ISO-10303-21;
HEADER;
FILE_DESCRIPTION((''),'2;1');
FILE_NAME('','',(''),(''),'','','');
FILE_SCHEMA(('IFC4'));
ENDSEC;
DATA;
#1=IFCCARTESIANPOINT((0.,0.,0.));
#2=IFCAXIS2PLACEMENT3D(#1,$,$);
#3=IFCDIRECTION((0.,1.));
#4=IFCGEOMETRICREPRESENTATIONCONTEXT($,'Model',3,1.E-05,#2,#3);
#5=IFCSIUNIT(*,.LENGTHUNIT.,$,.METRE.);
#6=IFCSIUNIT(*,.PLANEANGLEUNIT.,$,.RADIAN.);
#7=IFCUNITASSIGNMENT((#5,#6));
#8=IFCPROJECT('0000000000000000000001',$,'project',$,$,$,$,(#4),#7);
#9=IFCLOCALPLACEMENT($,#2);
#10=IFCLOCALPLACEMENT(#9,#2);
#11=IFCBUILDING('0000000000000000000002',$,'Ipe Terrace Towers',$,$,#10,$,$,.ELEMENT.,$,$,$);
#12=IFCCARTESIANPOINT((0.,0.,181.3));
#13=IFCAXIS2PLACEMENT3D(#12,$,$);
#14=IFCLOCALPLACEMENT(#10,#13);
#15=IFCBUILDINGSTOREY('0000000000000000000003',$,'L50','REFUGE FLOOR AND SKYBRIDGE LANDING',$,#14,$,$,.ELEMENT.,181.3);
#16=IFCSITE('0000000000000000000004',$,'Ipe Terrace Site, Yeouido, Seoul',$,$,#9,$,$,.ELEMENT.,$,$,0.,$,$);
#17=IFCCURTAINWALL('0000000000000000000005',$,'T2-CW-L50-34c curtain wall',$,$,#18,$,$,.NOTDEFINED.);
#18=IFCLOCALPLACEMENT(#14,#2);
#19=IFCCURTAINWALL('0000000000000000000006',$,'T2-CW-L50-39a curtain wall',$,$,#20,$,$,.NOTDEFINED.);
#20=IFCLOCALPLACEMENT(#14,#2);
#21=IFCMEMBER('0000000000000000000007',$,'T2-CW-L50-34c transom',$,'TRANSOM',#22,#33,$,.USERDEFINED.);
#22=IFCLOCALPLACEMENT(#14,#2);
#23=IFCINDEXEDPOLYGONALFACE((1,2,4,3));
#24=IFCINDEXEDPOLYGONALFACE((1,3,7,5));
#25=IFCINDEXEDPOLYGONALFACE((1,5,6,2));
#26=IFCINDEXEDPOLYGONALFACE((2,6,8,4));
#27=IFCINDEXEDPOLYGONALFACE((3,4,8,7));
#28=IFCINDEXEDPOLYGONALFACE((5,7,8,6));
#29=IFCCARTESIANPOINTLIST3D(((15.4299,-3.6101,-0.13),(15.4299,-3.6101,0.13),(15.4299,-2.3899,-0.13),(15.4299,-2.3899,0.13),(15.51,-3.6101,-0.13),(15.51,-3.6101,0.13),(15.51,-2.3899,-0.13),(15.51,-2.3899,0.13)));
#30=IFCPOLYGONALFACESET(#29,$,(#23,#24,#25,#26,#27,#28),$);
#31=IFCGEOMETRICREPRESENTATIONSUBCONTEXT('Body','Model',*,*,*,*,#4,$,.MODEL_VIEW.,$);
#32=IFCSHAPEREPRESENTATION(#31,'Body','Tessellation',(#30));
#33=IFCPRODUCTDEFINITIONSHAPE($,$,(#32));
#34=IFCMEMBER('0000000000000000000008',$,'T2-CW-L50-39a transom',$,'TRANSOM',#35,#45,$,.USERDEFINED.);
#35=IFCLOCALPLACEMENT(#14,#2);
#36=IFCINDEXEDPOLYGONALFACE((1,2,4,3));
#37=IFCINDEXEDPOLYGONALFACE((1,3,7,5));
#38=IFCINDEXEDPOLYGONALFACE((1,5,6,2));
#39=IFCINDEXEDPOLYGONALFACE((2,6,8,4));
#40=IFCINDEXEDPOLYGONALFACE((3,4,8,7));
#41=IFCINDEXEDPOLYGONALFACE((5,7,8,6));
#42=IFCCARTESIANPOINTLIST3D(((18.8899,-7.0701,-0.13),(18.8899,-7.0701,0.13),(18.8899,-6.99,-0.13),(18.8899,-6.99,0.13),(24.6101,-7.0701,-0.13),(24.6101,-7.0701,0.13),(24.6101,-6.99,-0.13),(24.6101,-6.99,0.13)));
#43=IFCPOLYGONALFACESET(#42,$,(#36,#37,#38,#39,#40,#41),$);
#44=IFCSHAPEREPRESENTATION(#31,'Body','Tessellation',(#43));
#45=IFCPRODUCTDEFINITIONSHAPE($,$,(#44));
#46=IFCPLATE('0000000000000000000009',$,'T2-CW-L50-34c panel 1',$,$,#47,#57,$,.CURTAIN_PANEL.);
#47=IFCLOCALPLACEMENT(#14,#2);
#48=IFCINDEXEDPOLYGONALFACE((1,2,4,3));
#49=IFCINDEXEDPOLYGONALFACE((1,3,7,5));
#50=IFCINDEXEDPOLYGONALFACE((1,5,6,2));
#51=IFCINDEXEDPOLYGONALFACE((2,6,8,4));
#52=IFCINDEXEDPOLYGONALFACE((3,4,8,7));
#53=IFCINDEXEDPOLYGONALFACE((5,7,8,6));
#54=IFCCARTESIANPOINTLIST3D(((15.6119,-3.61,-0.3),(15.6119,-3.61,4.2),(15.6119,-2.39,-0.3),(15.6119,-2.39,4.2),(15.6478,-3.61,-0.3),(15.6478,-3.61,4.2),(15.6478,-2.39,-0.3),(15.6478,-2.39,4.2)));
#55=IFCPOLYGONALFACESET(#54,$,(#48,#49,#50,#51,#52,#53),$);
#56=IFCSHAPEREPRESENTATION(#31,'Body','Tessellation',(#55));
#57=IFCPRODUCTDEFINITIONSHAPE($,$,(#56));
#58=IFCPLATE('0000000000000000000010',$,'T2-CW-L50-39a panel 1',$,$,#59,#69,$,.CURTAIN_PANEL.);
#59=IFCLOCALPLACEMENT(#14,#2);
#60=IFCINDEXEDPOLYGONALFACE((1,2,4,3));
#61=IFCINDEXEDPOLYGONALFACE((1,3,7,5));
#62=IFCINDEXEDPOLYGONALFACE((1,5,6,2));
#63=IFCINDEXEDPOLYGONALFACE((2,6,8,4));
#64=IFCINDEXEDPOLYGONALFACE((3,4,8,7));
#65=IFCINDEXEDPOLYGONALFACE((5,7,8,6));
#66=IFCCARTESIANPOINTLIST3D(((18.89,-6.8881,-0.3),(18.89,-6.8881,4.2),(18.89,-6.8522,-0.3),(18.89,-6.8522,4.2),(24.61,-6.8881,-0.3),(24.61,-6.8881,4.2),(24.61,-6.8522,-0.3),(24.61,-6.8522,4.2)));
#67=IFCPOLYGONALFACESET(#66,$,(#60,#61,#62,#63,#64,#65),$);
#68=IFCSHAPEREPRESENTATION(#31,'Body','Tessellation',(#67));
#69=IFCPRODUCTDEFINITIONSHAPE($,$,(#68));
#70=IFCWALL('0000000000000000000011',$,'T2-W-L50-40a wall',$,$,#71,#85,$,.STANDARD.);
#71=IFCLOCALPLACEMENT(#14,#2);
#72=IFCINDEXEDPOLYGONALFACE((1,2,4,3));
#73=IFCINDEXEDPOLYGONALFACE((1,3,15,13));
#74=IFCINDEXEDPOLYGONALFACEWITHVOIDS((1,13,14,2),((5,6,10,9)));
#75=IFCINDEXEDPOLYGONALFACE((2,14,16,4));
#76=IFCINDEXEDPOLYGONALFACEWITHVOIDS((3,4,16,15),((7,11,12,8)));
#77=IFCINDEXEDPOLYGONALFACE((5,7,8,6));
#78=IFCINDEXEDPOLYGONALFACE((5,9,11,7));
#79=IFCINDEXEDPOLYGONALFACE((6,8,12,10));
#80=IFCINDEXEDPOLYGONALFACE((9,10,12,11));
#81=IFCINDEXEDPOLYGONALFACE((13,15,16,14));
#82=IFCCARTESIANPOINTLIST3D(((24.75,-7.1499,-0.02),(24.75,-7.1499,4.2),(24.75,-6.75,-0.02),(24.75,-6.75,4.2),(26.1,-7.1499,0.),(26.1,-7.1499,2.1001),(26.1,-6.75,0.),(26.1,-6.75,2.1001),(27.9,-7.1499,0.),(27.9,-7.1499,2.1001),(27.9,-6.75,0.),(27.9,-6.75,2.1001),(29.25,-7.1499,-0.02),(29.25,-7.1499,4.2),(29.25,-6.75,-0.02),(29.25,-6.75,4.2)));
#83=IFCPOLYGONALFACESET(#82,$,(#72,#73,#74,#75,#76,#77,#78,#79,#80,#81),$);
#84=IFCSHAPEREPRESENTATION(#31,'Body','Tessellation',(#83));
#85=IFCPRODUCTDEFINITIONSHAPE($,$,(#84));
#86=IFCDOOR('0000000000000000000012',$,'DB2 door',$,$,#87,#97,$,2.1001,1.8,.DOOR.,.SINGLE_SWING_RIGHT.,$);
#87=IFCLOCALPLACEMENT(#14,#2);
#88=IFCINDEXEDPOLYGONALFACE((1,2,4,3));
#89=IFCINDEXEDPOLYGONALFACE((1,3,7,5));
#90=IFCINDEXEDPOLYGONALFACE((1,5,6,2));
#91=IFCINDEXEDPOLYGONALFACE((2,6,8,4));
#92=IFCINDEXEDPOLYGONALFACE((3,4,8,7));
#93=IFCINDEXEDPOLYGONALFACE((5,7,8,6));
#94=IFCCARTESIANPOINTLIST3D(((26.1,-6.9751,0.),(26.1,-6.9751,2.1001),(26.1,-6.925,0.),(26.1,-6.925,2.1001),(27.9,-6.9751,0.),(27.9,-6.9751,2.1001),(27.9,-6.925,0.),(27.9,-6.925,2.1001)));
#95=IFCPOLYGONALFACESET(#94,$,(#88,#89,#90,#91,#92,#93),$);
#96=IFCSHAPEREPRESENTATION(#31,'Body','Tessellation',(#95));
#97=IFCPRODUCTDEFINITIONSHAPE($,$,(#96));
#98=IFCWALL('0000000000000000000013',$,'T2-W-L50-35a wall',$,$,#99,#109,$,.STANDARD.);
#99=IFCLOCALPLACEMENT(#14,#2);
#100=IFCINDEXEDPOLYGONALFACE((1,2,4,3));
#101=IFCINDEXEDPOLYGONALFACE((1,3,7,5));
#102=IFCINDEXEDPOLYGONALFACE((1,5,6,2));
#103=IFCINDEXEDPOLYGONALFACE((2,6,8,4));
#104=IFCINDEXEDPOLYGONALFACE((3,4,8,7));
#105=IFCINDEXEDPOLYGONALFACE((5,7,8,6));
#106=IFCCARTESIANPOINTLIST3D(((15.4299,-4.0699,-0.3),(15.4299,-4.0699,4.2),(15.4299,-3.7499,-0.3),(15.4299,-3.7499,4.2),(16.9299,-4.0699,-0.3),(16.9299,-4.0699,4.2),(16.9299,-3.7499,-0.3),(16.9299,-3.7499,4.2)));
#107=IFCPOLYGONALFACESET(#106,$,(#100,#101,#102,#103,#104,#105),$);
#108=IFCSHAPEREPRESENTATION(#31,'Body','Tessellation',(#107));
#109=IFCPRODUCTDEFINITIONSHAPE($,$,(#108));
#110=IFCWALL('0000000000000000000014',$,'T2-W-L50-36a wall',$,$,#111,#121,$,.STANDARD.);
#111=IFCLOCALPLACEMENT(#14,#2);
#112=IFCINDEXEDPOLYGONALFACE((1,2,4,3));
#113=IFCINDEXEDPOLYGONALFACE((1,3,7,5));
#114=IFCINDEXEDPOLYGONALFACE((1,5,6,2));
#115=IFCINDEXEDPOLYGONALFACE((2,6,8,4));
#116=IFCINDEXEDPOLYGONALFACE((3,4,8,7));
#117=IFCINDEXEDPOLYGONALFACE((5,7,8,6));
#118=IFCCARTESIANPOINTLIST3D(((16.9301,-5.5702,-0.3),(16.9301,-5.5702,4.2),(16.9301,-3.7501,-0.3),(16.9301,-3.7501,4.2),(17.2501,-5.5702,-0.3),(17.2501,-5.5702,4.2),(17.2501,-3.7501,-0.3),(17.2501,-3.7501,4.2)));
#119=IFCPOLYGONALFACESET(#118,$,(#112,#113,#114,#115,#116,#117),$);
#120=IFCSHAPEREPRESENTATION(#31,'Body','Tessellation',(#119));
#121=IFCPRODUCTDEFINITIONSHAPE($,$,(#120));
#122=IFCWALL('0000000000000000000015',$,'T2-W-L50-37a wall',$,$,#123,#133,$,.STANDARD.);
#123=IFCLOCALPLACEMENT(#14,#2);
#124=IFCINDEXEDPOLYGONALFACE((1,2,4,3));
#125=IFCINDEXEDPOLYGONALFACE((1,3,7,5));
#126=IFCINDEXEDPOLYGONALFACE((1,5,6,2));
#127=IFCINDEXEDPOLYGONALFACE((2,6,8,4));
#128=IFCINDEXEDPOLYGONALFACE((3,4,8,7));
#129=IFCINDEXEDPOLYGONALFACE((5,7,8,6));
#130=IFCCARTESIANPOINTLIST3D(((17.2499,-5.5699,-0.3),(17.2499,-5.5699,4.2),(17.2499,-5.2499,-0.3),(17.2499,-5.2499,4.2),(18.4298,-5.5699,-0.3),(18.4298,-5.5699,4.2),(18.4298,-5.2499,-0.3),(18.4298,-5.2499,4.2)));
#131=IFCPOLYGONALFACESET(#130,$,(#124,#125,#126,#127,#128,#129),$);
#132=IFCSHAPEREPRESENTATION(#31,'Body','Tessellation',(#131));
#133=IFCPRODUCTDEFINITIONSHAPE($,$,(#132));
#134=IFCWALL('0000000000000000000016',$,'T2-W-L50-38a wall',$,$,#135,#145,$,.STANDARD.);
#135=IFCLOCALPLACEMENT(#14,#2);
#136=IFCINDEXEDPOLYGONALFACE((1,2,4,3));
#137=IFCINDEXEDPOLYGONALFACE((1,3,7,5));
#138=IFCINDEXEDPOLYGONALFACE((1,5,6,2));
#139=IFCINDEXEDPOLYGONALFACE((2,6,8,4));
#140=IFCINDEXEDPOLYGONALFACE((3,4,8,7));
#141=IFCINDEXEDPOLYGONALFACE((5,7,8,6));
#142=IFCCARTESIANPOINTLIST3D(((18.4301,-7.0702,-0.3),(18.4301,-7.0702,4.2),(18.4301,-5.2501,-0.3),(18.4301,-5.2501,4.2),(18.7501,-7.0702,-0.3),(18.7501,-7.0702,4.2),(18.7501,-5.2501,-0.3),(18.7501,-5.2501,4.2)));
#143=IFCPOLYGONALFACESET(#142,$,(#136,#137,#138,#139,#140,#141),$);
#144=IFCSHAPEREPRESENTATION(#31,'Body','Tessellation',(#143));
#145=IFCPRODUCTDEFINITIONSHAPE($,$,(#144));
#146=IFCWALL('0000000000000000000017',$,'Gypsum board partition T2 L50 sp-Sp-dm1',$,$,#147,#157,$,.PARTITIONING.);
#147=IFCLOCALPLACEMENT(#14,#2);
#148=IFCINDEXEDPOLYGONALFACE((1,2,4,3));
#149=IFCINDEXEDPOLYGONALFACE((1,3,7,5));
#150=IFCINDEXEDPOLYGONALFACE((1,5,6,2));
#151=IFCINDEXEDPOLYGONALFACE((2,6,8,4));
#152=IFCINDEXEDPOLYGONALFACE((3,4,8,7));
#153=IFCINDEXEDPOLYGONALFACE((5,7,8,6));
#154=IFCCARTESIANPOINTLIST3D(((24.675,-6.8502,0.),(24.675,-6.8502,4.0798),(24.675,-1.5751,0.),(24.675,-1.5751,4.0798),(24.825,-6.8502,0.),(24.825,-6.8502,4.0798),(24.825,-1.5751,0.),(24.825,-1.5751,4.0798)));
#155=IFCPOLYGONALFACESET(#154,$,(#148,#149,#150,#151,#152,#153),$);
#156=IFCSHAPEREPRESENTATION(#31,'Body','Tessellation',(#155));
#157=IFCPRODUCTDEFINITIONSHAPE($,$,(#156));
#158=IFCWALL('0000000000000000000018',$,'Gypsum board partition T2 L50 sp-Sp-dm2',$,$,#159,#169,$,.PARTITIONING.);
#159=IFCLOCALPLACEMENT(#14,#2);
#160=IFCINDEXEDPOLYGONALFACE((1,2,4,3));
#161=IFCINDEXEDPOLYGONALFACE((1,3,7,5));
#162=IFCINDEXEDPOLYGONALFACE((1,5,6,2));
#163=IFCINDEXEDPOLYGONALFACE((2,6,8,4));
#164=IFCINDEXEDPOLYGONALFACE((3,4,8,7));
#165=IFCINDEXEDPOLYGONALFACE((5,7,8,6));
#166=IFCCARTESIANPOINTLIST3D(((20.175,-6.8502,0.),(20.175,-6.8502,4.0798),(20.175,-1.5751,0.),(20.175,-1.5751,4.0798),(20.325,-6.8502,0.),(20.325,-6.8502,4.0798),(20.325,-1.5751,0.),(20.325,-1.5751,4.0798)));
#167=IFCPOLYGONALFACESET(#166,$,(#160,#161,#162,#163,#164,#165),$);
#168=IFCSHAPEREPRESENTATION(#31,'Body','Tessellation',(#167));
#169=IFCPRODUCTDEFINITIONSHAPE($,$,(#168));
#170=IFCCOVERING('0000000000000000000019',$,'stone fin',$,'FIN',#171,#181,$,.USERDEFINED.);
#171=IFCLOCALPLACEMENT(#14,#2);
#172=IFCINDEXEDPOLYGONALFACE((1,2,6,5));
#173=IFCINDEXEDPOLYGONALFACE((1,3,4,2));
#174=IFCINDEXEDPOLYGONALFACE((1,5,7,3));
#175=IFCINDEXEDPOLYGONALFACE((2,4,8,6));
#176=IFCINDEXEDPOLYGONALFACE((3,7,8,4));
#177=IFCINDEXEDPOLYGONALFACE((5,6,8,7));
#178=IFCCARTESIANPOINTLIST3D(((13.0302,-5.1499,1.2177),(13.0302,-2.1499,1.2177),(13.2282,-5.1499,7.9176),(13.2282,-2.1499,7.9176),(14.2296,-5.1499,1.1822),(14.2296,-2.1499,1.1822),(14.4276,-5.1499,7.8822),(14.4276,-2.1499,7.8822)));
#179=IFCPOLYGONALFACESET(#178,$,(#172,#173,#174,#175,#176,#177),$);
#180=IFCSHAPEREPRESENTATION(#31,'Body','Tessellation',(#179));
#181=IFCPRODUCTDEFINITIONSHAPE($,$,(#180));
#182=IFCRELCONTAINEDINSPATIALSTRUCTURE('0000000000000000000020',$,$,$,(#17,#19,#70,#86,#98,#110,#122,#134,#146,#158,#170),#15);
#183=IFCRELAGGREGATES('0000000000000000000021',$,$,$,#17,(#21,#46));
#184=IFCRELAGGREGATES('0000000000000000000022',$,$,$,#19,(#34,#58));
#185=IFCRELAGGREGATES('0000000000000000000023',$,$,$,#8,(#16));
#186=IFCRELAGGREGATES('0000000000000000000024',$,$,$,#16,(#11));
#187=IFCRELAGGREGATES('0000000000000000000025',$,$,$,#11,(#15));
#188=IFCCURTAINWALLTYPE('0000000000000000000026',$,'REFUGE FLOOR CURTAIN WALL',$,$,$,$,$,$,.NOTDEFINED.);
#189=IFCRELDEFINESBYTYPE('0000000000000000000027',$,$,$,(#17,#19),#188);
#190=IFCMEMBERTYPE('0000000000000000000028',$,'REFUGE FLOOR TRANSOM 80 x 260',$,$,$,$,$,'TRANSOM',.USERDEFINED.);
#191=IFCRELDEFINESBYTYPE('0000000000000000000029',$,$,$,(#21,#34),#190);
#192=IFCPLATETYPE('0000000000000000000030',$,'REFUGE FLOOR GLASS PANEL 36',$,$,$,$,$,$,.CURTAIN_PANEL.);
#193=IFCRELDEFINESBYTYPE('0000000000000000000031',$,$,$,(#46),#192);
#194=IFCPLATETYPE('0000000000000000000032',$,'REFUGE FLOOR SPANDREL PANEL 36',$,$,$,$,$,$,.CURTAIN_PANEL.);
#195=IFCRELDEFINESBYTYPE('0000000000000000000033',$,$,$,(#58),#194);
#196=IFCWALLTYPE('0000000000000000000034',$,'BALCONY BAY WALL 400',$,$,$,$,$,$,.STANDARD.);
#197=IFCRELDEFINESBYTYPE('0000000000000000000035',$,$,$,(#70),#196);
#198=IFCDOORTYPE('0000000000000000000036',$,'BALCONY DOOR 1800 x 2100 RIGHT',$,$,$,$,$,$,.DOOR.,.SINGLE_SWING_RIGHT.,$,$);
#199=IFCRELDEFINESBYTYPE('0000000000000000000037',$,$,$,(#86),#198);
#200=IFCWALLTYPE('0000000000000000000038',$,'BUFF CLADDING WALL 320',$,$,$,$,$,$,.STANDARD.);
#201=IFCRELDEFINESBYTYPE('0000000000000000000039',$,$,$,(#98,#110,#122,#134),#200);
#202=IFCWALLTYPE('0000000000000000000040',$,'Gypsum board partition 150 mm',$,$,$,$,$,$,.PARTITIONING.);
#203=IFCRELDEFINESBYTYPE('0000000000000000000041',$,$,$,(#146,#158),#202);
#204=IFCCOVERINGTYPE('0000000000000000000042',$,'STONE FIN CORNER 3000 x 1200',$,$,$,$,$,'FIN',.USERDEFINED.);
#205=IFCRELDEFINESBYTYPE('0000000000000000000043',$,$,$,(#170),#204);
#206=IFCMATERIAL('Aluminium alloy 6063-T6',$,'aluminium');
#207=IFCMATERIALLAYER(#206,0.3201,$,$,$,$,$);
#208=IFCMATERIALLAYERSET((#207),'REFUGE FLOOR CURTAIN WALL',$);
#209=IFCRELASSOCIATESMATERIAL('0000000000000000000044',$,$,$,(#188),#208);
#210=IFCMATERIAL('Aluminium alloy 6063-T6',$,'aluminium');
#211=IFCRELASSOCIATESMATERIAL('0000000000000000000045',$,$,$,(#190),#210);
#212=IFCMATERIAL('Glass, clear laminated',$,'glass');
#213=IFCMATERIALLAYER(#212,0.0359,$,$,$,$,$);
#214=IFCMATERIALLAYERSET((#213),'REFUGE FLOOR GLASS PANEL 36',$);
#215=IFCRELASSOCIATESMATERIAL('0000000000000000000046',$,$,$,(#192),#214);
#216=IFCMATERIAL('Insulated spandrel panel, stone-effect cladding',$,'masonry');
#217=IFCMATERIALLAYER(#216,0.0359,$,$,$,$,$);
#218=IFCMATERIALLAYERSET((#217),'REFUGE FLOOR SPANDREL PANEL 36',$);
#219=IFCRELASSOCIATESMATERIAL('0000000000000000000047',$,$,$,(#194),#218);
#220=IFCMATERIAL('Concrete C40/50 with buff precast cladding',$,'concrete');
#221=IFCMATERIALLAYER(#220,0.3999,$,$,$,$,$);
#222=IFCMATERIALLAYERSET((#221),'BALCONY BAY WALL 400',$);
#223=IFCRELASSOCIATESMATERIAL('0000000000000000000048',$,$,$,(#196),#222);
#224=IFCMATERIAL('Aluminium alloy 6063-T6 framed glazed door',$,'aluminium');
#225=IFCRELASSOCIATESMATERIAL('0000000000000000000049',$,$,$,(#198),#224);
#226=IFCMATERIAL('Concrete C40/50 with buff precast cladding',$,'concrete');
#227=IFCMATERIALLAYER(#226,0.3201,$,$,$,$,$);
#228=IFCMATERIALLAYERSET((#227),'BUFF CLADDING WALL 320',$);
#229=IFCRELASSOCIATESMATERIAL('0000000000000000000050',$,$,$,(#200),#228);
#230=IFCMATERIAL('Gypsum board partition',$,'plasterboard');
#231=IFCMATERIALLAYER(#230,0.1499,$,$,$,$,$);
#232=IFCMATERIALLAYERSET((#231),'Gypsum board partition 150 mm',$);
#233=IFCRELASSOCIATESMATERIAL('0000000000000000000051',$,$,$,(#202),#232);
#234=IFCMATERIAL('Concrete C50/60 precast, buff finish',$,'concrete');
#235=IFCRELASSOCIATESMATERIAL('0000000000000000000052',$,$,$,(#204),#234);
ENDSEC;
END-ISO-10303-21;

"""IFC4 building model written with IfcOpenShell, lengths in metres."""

from ifc_helpers import new_model, si_unit, direction, frame, frame_2d, origin, origin_2d, place, context, subcontext, project, spatial, rectangle, extrude, material, layer, layer_set, material_profile, profile_set, type_object, element, fill, aggregate, save


model = new_model("IFC4")

# Units and contexts
model_context = context("Model", 3, precision=1e-05, world=origin(), true_north=direction((0.0, 1.0)))
body_context = subcontext(model_context, "Body", "Model", "MODEL_VIEW")
ifc_project = project(units=[si_unit("LENGTHUNIT", "METRE"), si_unit("PLANEANGLEUNIT", "RADIAN")], contexts=[model_context])

# Site, building, storey
site_placement = place(None, origin())
site = spatial("IfcSite", under=ifc_project, at=site_placement, Name="Ipe Terrace Site, Yeouido, Seoul", CompositionType="ELEMENT", RefElevation=0.0)
building_placement = place(site_placement, origin())
building = spatial("IfcBuilding", under=site, at=building_placement, Name="Ipe Terrace Towers", CompositionType="ELEMENT")
storey_placement = place(building_placement, frame((0.0, 0.0, 181.3)))
storey = spatial("IfcBuildingStorey", under=building, at=storey_placement, Name="L50", Description="REFUGE FLOOR AND SKYBRIDGE LANDING", CompositionType="ELEMENT", Elevation=181.3)

# Curtain walls
ifc_material_1 = material(Name="Aluminium alloy 6063-T6", Category="aluminium")
ifc_layer_1 = layer(ifc_material_1, 0.3201)
ifc_layer_set_1 = layer_set([ifc_layer_1], Name="REFUGE FLOOR CURTAIN WALL")
curtain_wall_type_1 = type_object("IfcCurtainWallType", Name="REFUGE FLOOR CURTAIN WALL", PredefinedType="NOTDEFINED", material=ifc_layer_set_1)
curtain_wall_1_placement = place(storey_placement, origin())
curtain_wall_1 = element("IfcCurtainWall", 1, at=curtain_wall_1_placement, inside=storey, type_object=curtain_wall_type_1, Name="T2-CW-L50-34c curtain wall", PredefinedType="NOTDEFINED")
curtain_wall_2_placement = place(storey_placement, origin())
curtain_wall_2 = element("IfcCurtainWall", 2, at=curtain_wall_2_placement, inside=storey, type_object=curtain_wall_type_1, Name="T2-CW-L50-39a curtain wall", PredefinedType="NOTDEFINED")

# Members
ifc_material_2 = material(Name="Aluminium alloy 6063-T6", Category="aluminium")
ifc_material_profile_1 = material_profile(ifc_material_2, rectangle(XDim=0.0801, YDim=0.26, at=origin_2d()), Name="REFUGE FLOOR TRANSOM 80 x 260")
ifc_profile_set_1 = profile_set([ifc_material_profile_1], Name="Aluminium alloy 6063-T6")
member_type_1 = type_object("IfcMemberType", Name="REFUGE FLOOR TRANSOM 80 x 260", ElementType="TRANSOM", PredefinedType="USERDEFINED", material=ifc_profile_set_1)
member_1_placement = place(storey_placement, frame((15.47, -2.3899, 0.0), z_axis=(0.0, -1.0, 0.0), x_axis=(-1.0, 0.0, 0.0)))
member_1 = element("IfcMember", 3, at=member_1_placement, type_object=member_type_1, Name="T2-CW-L50-34c transom", ObjectType="TRANSOM", PredefinedType="USERDEFINED", context=body_context, shape_type="SweptSolid", body=[
    extrude(rectangle(XDim=0.0801, YDim=0.26, at=origin_2d()), origin(), (0.0, 0.0, 1.0), 1.2202),
])
member_2_placement = place(storey_placement, frame((18.8899, -7.03, 0.0), z_axis=(1.0, 0.0, 0.0), x_axis=(0.0, -1.0, 0.0)))
member_2 = element("IfcMember", 4, at=member_2_placement, type_object=member_type_1, Name="T2-CW-L50-39a transom", ObjectType="TRANSOM", PredefinedType="USERDEFINED", context=body_context, shape_type="SweptSolid", body=[
    extrude(rectangle(XDim=0.0801, YDim=0.26, at=origin_2d()), origin(), (0.0, 0.0, 1.0), 5.7202),
])

# Plates
ifc_material_3 = material(Name="Glass, clear laminated", Category="glass")
ifc_layer_2 = layer(ifc_material_3, 0.0359)
ifc_layer_set_2 = layer_set([ifc_layer_2], Name="REFUGE FLOOR GLASS PANEL 36")
plate_type_1 = type_object("IfcPlateType", Name="REFUGE FLOOR GLASS PANEL 36", PredefinedType="CURTAIN_PANEL", material=ifc_layer_set_2)
plate_1_placement = place(storey_placement, frame((15.6299, -3.0, -0.3), z_axis=(0.0, 0.0, 1.0), x_axis=(0.0, -1.0, 0.0)))
plate_1 = element("IfcPlate", 5, at=plate_1_placement, type_object=plate_type_1, Name="T2-CW-L50-34c panel 1", PredefinedType="CURTAIN_PANEL", context=body_context, shape_type="SweptSolid", body=[
    extrude(rectangle(XDim=1.22, YDim=0.0359, at=origin_2d()), origin(), (0.0, 0.0, 1.0), 4.5),
])
aggregate(curtain_wall_1, [member_1, plate_1])
ifc_material_4 = material(Name="Insulated spandrel panel, stone-effect cladding", Category="masonry")
ifc_layer_3 = layer(ifc_material_4, 0.0359)
ifc_layer_set_3 = layer_set([ifc_layer_3], Name="REFUGE FLOOR SPANDREL PANEL 36")
plate_type_2 = type_object("IfcPlateType", Name="REFUGE FLOOR SPANDREL PANEL 36", PredefinedType="CURTAIN_PANEL", material=ifc_layer_set_3)
plate_2_placement = place(storey_placement, frame((21.75, -6.8701, -0.3), z_axis=(0.0, 0.0, 1.0), x_axis=(1.0, 0.0, 0.0)))
plate_2 = element("IfcPlate", 6, at=plate_2_placement, type_object=plate_type_2, Name="T2-CW-L50-39a panel 1", PredefinedType="CURTAIN_PANEL", context=body_context, shape_type="SweptSolid", body=[
    extrude(rectangle(XDim=5.72, YDim=0.0359, at=origin_2d()), origin(), (0.0, 0.0, 1.0), 4.5),
])
aggregate(curtain_wall_2, [member_2, plate_2])

# Wall, opening, door
ifc_material_5 = material(Name="Concrete C40/50 with buff precast cladding", Category="concrete")
ifc_layer_4 = layer(ifc_material_5, 0.3999)
ifc_layer_set_4 = layer_set([ifc_layer_4], Name="BALCONY BAY WALL 400")
wall_type_1 = type_object("IfcWallType", Name="BALCONY BAY WALL 400", PredefinedType="STANDARD", material=ifc_layer_set_4)
wall_1_placement = place(storey_placement, frame((24.75, -6.95, -0.02), z_axis=(0.0, 0.0, 1.0), x_axis=(1.0, 0.0, 0.0)))
wall_1 = element("IfcWall", 7, at=wall_1_placement, inside=storey, type_object=wall_type_1, Name="T2-W-L50-40a wall", PredefinedType="STANDARD", context=body_context, shape_type="SweptSolid", body=[
    extrude(rectangle(XDim=4.5, YDim=0.3999, at=frame_2d((2.25, 0.0))), origin(), (0.0, 0.0, 1.0), 4.22),
])
opening_placement = place(wall_1_placement, frame((1.3501, 0.0, 0.02)))
opening = element("IfcOpeningElement", 8, at=opening_placement, cuts=wall_1, PredefinedType="OPENING", context=body_context, shape_type="SweptSolid", body=[
    extrude(rectangle(XDim=1.8, YDim=2.1001, at=frame_2d((0.8999, 1.05))), frame((0.0, 0.21, 0.0), z_axis=(0.0, -1.0, 0.0), x_axis=(1.0, 0.0, 0.0)), (0.0, 0.0, 1.0), 0.4199),
])
ifc_material_6 = material(Name="Aluminium alloy 6063-T6 framed glazed door", Category="aluminium")
door_type = type_object("IfcDoorType", Name="BALCONY DOOR 1800 x 2100 RIGHT", OperationType="SINGLE_SWING_RIGHT", PredefinedType="DOOR", material=ifc_material_6)
door_placement = place(opening_placement, origin())
door = element("IfcDoor", 9, at=door_placement, inside=storey, type_object=door_type, Name="DB2 door", OperationType="SINGLE_SWING_RIGHT", OverallHeight=2.1001, OverallWidth=1.8, PredefinedType="DOOR", context=body_context, shape_type="SweptSolid", body=[
    extrude(rectangle(XDim=1.8, YDim=2.1001, at=frame_2d((0.8999, 1.05))), frame((0.0, 0.0249, 0.0), z_axis=(0.0, -1.0, 0.0), x_axis=(1.0, 0.0, 0.0)), (0.0, 0.0, 1.0), 0.05),
])
fill(opening, door)

# Walls
ifc_material_7 = material(Name="Concrete C40/50 with buff precast cladding", Category="concrete")
ifc_layer_5 = layer(ifc_material_7, 0.3201)
ifc_layer_set_5 = layer_set([ifc_layer_5], Name="BUFF CLADDING WALL 320")
wall_type_2 = type_object("IfcWallType", Name="BUFF CLADDING WALL 320", PredefinedType="STANDARD", material=ifc_layer_set_5)
wall_2_placement = place(storey_placement, frame((15.4299, -3.9099, -0.3), z_axis=(0.0, 0.0, 1.0), x_axis=(1.0, 0.0, 0.0)))
element("IfcWall", 10, at=wall_2_placement, inside=storey, type_object=wall_type_2, Name="T2-W-L50-35a wall", PredefinedType="STANDARD", context=body_context, shape_type="SweptSolid", body=[
    extrude(rectangle(XDim=1.5, YDim=0.3201, at=frame_2d((0.75, 0.0))), origin(), (0.0, 0.0, 1.0), 4.5),
])
wall_3_placement = place(storey_placement, frame((17.0901, -3.75, -0.3), z_axis=(0.0, 0.0, 1.0), x_axis=(0.0, -1.0, 0.0)))
element("IfcWall", 11, at=wall_3_placement, inside=storey, type_object=wall_type_2, Name="T2-W-L50-36a wall", PredefinedType="STANDARD", context=body_context, shape_type="SweptSolid", body=[
    extrude(rectangle(XDim=1.8201, YDim=0.3201, at=frame_2d((0.9102, 0.0))), origin(), (0.0, 0.0, 1.0), 4.5),
])
wall_4_placement = place(storey_placement, frame((17.25, -5.4099, -0.3), z_axis=(0.0, 0.0, 1.0), x_axis=(1.0, 0.0, 0.0)))
element("IfcWall", 12, at=wall_4_placement, inside=storey, type_object=wall_type_2, Name="T2-W-L50-37a wall", PredefinedType="STANDARD", context=body_context, shape_type="SweptSolid", body=[
    extrude(rectangle(XDim=1.1799, YDim=0.3201, at=frame_2d((0.5898, 0.0))), origin(), (0.0, 0.0, 1.0), 4.5),
])
wall_5_placement = place(storey_placement, frame((18.5901, -5.25, -0.3), z_axis=(0.0, 0.0, 1.0), x_axis=(0.0, -1.0, 0.0)))
element("IfcWall", 13, at=wall_5_placement, inside=storey, type_object=wall_type_2, Name="T2-W-L50-38a wall", PredefinedType="STANDARD", context=body_context, shape_type="SweptSolid", body=[
    extrude(rectangle(XDim=1.8201, YDim=0.3201, at=frame_2d((0.9102, 0.0))), origin(), (0.0, 0.0, 1.0), 4.5),
])
ifc_material_8 = material(Name="Gypsum board partition", Category="plasterboard")
ifc_layer_6 = layer(ifc_material_8, 0.1499)
ifc_layer_set_6 = layer_set([ifc_layer_6], Name="Gypsum board partition 150 mm")
wall_type_3 = type_object("IfcWallType", Name="Gypsum board partition 150 mm", PredefinedType="PARTITIONING", material=ifc_layer_set_6)
for number, where, z_axis, x_axis, name in (
    (14, (24.75, -1.575, 0.0), (0.0, 0.0, 1.0), (0.0, -1.0, 0.0), "Gypsum board partition T2 L50 sp-Sp-dm1"),
    (15, (20.25, -1.575, 0.0), (0.0, 0.0, 1.0), (0.0, -1.0, 0.0), "Gypsum board partition T2 L50 sp-Sp-dm2"),
):
    element("IfcWall", number, at=place(storey_placement, frame(where, z_axis=z_axis, x_axis=x_axis)), inside=storey, type_object=wall_type_3, Name=name, PredefinedType="PARTITIONING", context=body_context, shape_type="SweptSolid", body=[
        extrude(rectangle(XDim=5.2751, YDim=0.1499, at=frame_2d((2.6377, 0.0))), origin(), (0.0, 0.0, 1.0), 4.0798),
    ])

# Covering
ifc_material_9 = material(Name="Concrete C50/60 precast, buff finish", Category="concrete")
ifc_material_profile_2 = material_profile(ifc_material_9, rectangle(XDim=3.0, YDim=1.2, at=origin_2d()), Name="STONE FIN CORNER 3000 x 1200")
ifc_profile_set_2 = profile_set([ifc_material_profile_2], Name="Concrete C50/60 precast, buff finish")
covering_type_1 = type_object("IfcCoveringType", Name="STONE FIN CORNER 3000 x 1200", ElementType="FIN", PredefinedType="USERDEFINED", material=ifc_profile_set_2)
for number, where, z_axis, x_axis, name in (
    (16, (13.6299, -3.6499, 1.2), (0.029539, 0.0, 0.999564), (0.0, -1.0, 0.0), "stone fin"),
):
    element("IfcCovering", number, at=place(storey_placement, frame(where, z_axis=z_axis, x_axis=x_axis)), inside=storey, type_object=covering_type_1, Name=name, ObjectType="FIN", PredefinedType="USERDEFINED", context=body_context, shape_type="SweptSolid", body=[
        extrude(rectangle(XDim=3.0, YDim=1.2, at=origin_2d()), origin(), (0.0, 0.0, 1.0), 6.7029),
    ])

save(model, "model.ifc")
